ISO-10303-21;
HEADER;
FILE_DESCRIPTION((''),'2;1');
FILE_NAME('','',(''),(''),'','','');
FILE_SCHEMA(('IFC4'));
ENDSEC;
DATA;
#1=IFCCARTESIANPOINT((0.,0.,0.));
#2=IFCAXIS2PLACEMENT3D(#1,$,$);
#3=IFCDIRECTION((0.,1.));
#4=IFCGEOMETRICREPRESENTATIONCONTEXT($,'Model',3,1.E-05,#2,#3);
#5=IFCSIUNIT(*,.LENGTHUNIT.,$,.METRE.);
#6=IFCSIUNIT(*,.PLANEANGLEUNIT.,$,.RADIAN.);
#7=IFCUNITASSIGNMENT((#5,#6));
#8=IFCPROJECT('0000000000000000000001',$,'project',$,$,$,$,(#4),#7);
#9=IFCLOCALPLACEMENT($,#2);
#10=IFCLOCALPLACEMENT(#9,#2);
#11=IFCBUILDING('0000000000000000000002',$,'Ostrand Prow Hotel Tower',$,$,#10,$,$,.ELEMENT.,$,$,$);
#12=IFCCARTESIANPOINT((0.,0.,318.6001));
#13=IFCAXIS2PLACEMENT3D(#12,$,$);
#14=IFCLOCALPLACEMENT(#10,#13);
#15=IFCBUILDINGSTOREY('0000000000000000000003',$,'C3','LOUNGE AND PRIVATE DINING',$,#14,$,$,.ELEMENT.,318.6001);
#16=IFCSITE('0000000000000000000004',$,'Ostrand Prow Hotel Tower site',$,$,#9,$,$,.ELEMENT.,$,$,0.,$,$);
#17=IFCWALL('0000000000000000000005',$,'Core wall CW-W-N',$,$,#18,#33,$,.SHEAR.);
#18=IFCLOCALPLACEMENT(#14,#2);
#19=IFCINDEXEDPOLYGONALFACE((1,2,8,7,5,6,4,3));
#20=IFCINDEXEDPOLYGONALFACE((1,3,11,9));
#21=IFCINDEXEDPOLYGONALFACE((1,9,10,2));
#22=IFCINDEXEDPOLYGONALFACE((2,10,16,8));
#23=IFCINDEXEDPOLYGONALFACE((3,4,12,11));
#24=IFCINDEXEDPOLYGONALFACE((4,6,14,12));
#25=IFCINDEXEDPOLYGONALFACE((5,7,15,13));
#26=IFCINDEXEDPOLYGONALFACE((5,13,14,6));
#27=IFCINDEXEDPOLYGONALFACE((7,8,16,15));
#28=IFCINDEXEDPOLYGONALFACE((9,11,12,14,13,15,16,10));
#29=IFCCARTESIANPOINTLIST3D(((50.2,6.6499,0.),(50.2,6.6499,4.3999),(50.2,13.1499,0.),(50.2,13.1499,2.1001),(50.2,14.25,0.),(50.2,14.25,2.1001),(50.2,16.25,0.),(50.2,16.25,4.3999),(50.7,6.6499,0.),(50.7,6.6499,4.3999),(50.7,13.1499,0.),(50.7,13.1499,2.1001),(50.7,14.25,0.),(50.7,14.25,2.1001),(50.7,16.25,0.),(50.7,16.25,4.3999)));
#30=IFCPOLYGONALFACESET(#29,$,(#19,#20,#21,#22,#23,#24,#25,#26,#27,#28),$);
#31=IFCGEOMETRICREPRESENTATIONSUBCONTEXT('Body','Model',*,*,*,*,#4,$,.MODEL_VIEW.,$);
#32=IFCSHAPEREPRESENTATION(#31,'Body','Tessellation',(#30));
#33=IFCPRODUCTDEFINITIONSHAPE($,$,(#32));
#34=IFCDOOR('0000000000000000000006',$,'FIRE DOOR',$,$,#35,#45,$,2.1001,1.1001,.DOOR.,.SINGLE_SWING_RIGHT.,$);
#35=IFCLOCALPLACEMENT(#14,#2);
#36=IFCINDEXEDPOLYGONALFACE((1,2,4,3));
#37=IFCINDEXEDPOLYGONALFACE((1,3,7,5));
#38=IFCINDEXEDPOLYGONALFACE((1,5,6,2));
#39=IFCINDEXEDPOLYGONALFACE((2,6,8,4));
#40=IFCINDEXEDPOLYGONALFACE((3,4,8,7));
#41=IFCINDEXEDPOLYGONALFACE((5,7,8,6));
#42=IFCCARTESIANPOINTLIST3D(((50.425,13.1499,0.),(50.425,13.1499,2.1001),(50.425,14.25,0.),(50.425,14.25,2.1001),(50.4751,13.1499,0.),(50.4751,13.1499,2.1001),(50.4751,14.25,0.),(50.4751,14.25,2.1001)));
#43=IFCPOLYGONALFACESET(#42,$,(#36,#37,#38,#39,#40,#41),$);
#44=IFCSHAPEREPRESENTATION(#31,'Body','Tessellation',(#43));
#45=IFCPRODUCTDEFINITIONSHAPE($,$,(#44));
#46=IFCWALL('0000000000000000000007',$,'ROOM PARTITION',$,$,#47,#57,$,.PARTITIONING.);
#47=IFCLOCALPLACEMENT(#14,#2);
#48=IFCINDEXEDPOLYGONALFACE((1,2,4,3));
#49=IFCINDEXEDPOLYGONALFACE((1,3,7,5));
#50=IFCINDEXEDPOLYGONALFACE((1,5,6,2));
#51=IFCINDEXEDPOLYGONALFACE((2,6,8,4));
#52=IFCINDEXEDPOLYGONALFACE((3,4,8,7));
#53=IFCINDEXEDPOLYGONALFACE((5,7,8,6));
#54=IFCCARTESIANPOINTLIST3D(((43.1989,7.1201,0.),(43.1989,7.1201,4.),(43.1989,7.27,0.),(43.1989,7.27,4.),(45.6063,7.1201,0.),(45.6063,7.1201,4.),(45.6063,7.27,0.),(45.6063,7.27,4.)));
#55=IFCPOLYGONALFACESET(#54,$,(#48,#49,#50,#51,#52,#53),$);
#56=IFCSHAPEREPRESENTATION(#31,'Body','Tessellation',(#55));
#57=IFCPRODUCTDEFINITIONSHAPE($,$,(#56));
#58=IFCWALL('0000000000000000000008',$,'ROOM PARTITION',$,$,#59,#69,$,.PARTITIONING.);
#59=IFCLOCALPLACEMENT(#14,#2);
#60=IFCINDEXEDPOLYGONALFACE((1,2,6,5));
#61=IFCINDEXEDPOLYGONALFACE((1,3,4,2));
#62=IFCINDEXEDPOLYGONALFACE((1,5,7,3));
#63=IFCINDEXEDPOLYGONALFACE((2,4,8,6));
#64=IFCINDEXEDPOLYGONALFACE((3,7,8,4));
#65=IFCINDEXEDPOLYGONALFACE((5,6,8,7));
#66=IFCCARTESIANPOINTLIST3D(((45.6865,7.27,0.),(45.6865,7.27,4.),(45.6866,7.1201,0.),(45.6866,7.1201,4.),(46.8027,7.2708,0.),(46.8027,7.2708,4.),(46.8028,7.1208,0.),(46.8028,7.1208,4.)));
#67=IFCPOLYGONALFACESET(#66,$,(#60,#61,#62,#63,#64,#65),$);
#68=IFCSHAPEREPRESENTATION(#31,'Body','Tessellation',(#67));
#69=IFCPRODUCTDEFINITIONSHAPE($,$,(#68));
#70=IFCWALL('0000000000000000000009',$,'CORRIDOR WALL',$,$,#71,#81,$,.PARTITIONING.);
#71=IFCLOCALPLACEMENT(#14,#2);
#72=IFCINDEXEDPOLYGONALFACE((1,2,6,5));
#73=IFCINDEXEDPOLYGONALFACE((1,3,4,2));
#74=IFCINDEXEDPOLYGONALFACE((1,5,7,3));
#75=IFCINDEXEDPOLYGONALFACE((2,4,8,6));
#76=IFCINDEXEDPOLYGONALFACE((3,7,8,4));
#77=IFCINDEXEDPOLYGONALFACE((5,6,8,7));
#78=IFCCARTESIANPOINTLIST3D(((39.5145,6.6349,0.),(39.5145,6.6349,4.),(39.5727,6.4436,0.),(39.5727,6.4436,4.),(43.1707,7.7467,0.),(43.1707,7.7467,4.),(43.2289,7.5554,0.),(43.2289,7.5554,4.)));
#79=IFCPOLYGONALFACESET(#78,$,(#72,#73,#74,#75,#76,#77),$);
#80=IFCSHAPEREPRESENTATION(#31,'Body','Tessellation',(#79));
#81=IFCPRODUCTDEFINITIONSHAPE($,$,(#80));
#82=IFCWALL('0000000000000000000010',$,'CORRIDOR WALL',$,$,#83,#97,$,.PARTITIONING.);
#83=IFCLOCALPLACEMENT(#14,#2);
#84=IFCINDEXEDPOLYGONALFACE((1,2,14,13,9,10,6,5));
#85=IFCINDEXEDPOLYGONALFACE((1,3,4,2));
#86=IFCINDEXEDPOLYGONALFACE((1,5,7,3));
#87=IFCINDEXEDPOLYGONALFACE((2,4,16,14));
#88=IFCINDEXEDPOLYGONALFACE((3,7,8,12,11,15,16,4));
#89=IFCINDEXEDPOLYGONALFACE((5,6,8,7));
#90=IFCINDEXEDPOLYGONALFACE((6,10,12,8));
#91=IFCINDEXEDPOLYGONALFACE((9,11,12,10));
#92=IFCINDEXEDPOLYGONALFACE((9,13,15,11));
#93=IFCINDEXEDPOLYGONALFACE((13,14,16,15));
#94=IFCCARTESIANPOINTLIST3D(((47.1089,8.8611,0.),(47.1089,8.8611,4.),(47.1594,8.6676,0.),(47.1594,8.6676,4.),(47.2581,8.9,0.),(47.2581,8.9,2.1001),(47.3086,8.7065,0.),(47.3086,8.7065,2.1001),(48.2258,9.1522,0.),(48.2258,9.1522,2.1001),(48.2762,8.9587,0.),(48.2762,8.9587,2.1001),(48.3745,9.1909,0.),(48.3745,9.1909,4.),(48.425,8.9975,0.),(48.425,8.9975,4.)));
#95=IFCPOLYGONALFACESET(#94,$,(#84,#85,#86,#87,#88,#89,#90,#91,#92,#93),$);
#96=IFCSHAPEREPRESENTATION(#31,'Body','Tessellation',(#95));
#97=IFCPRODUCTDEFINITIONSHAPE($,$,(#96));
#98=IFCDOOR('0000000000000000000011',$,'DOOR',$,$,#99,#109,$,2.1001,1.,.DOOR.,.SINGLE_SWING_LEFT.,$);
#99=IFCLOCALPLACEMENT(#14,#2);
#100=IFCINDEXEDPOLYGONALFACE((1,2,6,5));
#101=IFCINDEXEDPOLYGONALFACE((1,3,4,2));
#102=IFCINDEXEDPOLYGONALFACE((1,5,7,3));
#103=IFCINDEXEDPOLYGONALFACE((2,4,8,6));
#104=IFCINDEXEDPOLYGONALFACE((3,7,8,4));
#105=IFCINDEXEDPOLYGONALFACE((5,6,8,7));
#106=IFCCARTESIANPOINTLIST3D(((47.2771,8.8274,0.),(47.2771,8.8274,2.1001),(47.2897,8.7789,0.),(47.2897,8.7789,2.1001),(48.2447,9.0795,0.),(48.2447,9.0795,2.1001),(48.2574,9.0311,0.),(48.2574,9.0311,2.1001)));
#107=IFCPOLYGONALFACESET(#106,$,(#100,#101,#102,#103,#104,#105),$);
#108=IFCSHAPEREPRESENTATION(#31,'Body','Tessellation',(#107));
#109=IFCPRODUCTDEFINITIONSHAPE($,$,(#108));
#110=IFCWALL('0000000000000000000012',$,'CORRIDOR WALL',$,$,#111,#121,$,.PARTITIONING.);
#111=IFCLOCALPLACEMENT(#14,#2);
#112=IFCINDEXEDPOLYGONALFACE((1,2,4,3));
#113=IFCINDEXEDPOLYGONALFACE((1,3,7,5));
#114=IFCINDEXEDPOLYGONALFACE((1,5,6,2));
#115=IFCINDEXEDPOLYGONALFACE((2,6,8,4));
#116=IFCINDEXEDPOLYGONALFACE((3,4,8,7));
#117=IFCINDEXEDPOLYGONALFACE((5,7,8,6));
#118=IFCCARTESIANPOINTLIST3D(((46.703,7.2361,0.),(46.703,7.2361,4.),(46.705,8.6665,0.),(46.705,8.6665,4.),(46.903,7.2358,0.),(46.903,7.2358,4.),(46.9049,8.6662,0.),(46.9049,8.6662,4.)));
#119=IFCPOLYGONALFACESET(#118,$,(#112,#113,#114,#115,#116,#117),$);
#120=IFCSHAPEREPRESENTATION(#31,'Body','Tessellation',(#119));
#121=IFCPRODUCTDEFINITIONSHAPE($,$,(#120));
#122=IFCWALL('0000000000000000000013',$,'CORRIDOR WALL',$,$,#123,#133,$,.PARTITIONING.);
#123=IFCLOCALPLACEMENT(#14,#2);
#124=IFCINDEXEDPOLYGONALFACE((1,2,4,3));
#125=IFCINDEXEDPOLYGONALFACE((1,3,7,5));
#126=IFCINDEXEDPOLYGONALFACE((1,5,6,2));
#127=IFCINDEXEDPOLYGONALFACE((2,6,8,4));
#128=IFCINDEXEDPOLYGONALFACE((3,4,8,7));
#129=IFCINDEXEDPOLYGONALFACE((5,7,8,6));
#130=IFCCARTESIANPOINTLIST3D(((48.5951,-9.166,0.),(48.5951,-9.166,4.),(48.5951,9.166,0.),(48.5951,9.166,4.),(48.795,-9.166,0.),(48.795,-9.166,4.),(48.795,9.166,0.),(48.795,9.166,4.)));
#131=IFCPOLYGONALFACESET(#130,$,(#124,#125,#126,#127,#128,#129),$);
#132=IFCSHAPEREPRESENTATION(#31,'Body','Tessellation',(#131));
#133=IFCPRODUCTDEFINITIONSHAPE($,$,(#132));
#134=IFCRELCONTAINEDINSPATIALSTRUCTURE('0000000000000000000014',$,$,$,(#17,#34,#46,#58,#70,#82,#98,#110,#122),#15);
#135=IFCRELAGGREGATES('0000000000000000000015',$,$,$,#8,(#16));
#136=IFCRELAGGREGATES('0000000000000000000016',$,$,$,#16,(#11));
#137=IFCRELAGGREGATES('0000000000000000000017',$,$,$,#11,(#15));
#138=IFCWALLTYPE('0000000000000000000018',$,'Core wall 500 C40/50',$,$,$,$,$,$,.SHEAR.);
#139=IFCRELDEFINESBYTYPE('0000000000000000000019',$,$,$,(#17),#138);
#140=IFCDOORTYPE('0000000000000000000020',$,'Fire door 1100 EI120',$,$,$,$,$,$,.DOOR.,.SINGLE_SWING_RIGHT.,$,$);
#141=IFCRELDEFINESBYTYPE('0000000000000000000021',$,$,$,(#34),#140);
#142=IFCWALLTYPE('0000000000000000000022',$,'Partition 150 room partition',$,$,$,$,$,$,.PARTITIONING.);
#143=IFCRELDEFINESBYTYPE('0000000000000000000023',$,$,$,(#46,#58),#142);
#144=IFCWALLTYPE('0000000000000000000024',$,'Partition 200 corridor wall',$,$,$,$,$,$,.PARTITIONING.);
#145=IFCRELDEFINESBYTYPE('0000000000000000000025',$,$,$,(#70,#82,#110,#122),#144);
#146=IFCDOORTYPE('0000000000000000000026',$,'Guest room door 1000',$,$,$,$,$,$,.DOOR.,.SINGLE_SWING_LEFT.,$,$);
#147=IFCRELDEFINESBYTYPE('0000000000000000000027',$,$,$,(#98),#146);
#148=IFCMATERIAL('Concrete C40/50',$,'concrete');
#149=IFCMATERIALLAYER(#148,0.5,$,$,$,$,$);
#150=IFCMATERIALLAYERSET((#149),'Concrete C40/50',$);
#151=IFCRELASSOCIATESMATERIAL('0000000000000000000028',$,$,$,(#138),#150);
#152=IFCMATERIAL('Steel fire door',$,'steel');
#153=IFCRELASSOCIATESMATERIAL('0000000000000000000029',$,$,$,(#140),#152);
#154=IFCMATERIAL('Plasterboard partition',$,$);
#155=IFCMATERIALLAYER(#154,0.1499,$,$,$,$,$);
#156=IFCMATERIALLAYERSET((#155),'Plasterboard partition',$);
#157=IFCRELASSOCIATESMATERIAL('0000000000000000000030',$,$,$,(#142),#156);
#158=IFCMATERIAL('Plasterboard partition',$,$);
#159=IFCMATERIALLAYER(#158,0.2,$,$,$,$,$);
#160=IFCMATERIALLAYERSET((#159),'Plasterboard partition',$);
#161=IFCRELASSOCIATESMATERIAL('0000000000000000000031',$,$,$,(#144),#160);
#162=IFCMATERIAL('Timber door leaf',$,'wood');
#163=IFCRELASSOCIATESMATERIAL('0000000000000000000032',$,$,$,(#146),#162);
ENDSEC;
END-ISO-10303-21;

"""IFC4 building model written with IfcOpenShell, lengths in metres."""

from ifc_helpers import new_model, si_unit, direction, frame, frame_2d, origin, place, context, subcontext, project, spatial, rectangle, extrude, material, layer, layer_set, type_object, element, fill, save


model = new_model("IFC4")

# Units and contexts
model_context = context("Model", 3, precision=1e-05, world=origin(), true_north=direction((0.0, 1.0)))
body_context = subcontext(model_context, "Body", "Model", "MODEL_VIEW")
ifc_project = project(units=[si_unit("LENGTHUNIT", "METRE"), si_unit("PLANEANGLEUNIT", "RADIAN")], contexts=[model_context])

# Site, building, storey
site_placement = place(None, origin())
site = spatial("IfcSite", under=ifc_project, at=site_placement, Name="Ostrand Prow Hotel Tower site", CompositionType="ELEMENT", RefElevation=0.0)
building_placement = place(site_placement, origin())
building = spatial("IfcBuilding", under=site, at=building_placement, Name="Ostrand Prow Hotel Tower", CompositionType="ELEMENT")
storey_placement = place(building_placement, frame((0.0, 0.0, 318.6001)))
storey = spatial("IfcBuildingStorey", under=building, at=storey_placement, Name="C3", Description="LOUNGE AND PRIVATE DINING", CompositionType="ELEMENT", Elevation=318.6001)

# Wall, opening, door
ifc_material_1 = material(Name="Concrete C40/50", Category="concrete")
ifc_layer_1 = layer(ifc_material_1, 0.5)
ifc_layer_set_1 = layer_set([ifc_layer_1], Name="Concrete C40/50")
wall_type_1 = type_object("IfcWallType", Name="Core wall 500 C40/50", PredefinedType="SHEAR", material=ifc_layer_set_1)
wall_1_placement = place(storey_placement, frame((50.45, 6.6499, 0.0), z_axis=(0.0, 0.0, 1.0), x_axis=(0.0, 1.0, 0.0)))
wall_1 = element("IfcWall", 1, at=wall_1_placement, inside=storey, type_object=wall_type_1, Name="Core wall CW-W-N", PredefinedType="SHEAR", context=body_context, shape_type="SweptSolid", body=[
    extrude(rectangle(XDim=9.6001, YDim=0.5, at=frame_2d((4.8, 0.0))), origin(), (0.0, 0.0, 1.0), 4.3999),
])
opening_1_placement = place(wall_1_placement, frame((6.5, 0.0, 0.0)))
opening_1 = element("IfcOpeningElement", 2, at=opening_1_placement, cuts=wall_1, PredefinedType="OPENING", context=body_context, shape_type="SweptSolid", body=[
    extrude(rectangle(XDim=1.1001, YDim=2.1001, at=frame_2d((0.55, 1.05))), frame((0.0, 0.26, 0.0), z_axis=(0.0, -1.0, 0.0), x_axis=(1.0, 0.0, 0.0)), (0.0, 0.0, 1.0), 0.52),
])
ifc_material_2 = material(Name="Steel fire door", Category="steel")
door_type_1 = type_object("IfcDoorType", Name="Fire door 1100 EI120", OperationType="SINGLE_SWING_RIGHT", PredefinedType="DOOR", material=ifc_material_2)
door_1_placement = place(opening_1_placement, origin())
door_1 = element("IfcDoor", 3, at=door_1_placement, inside=storey, type_object=door_type_1, Name="FIRE DOOR", OperationType="SINGLE_SWING_RIGHT", OverallHeight=2.1001, OverallWidth=1.1001, PredefinedType="DOOR", context=body_context, shape_type="SweptSolid", body=[
    extrude(rectangle(XDim=1.1001, YDim=2.1001, at=frame_2d((0.55, 1.05))), frame((0.0, 0.0249, 0.0), z_axis=(0.0, -1.0, 0.0), x_axis=(1.0, 0.0, 0.0)), (0.0, 0.0, 1.0), 0.05),
])
fill(opening_1, door_1)

# Walls
ifc_material_3 = material(Name="Plasterboard partition")
ifc_layer_2 = layer(ifc_material_3, 0.1499)
ifc_layer_set_2 = layer_set([ifc_layer_2], Name="Plasterboard partition")
wall_type_2 = type_object("IfcWallType", Name="Partition 150 room partition", PredefinedType="PARTITIONING", material=ifc_layer_set_2)
wall_2_placement = place(storey_placement, frame((43.199, 7.1951, 0.0), z_axis=(0.0, 0.0, 1.0), x_axis=(1.0, 0.0, 0.0)))
element("IfcWall", 4, at=wall_2_placement, inside=storey, type_object=wall_type_2, Name="ROOM PARTITION", PredefinedType="PARTITIONING", context=body_context, shape_type="SweptSolid", body=[
    extrude(rectangle(XDim=2.4075, YDim=0.1499, at=frame_2d((1.2036, 0.0))), origin(), (0.0, 0.0, 1.0), 4.0),
])
wall_3_placement = place(storey_placement, frame((45.6865, 7.1951, 0.0), z_axis=(0.0, 0.0, 1.0), x_axis=(1.0, 0.000656, 0.0)))
element("IfcWall", 5, at=wall_3_placement, inside=storey, type_object=wall_type_2, Name="ROOM PARTITION", PredefinedType="PARTITIONING", context=body_context, shape_type="SweptSolid", body=[
    extrude(rectangle(XDim=1.1162, YDim=0.1499, at=frame_2d((0.5581, 0.0))), origin(), (0.0, 0.0, 1.0), 4.0),
])
ifc_material_4 = material(Name="Plasterboard partition")
ifc_layer_3 = layer(ifc_material_4, 0.2)
ifc_layer_set_3 = layer_set([ifc_layer_3], Name="Plasterboard partition")
wall_type_3 = type_object("IfcWallType", Name="Partition 200 corridor wall", PredefinedType="PARTITIONING", material=ifc_layer_set_3)
wall_4_placement = place(storey_placement, frame((39.5437, 6.5393, 0.0), z_axis=(0.0, 0.0, 1.0), x_axis=(0.956743, 0.290933, 0.0)))
element("IfcWall", 6, at=wall_4_placement, inside=storey, type_object=wall_type_3, Name="CORRIDOR WALL", PredefinedType="PARTITIONING", context=body_context, shape_type="SweptSolid", body=[
    extrude(rectangle(XDim=3.8215, YDim=0.2, at=frame_2d((1.9106, 0.0))), origin(), (0.0, 0.0, 1.0), 4.0),
])

# Wall, opening, door
wall_5_placement = place(storey_placement, frame((47.1343, 8.7644, 0.0), z_axis=(0.0, 0.0, 1.0), x_axis=(0.967679, 0.252186, 0.0)))
wall_5 = element("IfcWall", 7, at=wall_5_placement, inside=storey, type_object=wall_type_3, Name="CORRIDOR WALL", PredefinedType="PARTITIONING", context=body_context, shape_type="SweptSolid", body=[
    extrude(rectangle(XDim=1.3079, YDim=0.2, at=frame_2d((0.6538, 0.0))), origin(), (0.0, 0.0, 1.0), 4.0),
])
opening_2_placement = place(wall_5_placement, frame((0.1541, 0.0, 0.0)))
opening_2 = element("IfcOpeningElement", 8, at=opening_2_placement, cuts=wall_5, PredefinedType="OPENING", context=body_context, shape_type="SweptSolid", body=[
    extrude(rectangle(XDim=1.0, YDim=2.1001, at=frame_2d((0.5, 1.05))), frame((0.0, 0.1099, 0.0), z_axis=(0.0, -1.0, 0.0), x_axis=(1.0, 0.0, 0.0)), (0.0, 0.0, 1.0), 0.22),
])
ifc_material_5 = material(Name="Timber door leaf", Category="wood")
door_type_2 = type_object("IfcDoorType", Name="Guest room door 1000", OperationType="SINGLE_SWING_LEFT", PredefinedType="DOOR", material=ifc_material_5)
door_2_placement = place(opening_2_placement, origin())
door_2 = element("IfcDoor", 9, at=door_2_placement, inside=storey, type_object=door_type_2, Name="DOOR", OperationType="SINGLE_SWING_LEFT", OverallHeight=2.1001, OverallWidth=1.0, PredefinedType="DOOR", context=body_context, shape_type="SweptSolid", body=[
    extrude(rectangle(XDim=1.0, YDim=2.1001, at=frame_2d((0.5, 1.05))), frame((0.0, 0.0249, 0.0), z_axis=(0.0, -1.0, 0.0), x_axis=(1.0, 0.0, 0.0)), (0.0, 0.0, 1.0), 0.05),
])
fill(opening_2, door_2)

# Walls
wall_6_placement = place(storey_placement, frame((46.803, 7.2358, 0.0), z_axis=(0.0, 0.0, 1.0), x_axis=(0.001365, 0.999999, 0.0)))
element("IfcWall", 10, at=wall_6_placement, inside=storey, type_object=wall_type_3, Name="CORRIDOR WALL", PredefinedType="PARTITIONING", context=body_context, shape_type="SweptSolid", body=[
    extrude(rectangle(XDim=1.4304, YDim=0.2, at=frame_2d((0.7153, 0.0))), origin(), (0.0, 0.0, 1.0), 4.0),
])
wall_7_placement = place(storey_placement, frame((48.6951, 9.166, 0.0), z_axis=(0.0, 0.0, 1.0), x_axis=(0.0, -1.0, 0.0)))
element("IfcWall", 11, at=wall_7_placement, inside=storey, type_object=wall_type_3, Name="CORRIDOR WALL", PredefinedType="PARTITIONING", context=body_context, shape_type="SweptSolid", body=[
    extrude(rectangle(XDim=18.332, YDim=0.2, at=frame_2d((9.166, 0.0))), origin(), (0.0, 0.0, 1.0), 4.0),
])

save(model, "model.ifc")
